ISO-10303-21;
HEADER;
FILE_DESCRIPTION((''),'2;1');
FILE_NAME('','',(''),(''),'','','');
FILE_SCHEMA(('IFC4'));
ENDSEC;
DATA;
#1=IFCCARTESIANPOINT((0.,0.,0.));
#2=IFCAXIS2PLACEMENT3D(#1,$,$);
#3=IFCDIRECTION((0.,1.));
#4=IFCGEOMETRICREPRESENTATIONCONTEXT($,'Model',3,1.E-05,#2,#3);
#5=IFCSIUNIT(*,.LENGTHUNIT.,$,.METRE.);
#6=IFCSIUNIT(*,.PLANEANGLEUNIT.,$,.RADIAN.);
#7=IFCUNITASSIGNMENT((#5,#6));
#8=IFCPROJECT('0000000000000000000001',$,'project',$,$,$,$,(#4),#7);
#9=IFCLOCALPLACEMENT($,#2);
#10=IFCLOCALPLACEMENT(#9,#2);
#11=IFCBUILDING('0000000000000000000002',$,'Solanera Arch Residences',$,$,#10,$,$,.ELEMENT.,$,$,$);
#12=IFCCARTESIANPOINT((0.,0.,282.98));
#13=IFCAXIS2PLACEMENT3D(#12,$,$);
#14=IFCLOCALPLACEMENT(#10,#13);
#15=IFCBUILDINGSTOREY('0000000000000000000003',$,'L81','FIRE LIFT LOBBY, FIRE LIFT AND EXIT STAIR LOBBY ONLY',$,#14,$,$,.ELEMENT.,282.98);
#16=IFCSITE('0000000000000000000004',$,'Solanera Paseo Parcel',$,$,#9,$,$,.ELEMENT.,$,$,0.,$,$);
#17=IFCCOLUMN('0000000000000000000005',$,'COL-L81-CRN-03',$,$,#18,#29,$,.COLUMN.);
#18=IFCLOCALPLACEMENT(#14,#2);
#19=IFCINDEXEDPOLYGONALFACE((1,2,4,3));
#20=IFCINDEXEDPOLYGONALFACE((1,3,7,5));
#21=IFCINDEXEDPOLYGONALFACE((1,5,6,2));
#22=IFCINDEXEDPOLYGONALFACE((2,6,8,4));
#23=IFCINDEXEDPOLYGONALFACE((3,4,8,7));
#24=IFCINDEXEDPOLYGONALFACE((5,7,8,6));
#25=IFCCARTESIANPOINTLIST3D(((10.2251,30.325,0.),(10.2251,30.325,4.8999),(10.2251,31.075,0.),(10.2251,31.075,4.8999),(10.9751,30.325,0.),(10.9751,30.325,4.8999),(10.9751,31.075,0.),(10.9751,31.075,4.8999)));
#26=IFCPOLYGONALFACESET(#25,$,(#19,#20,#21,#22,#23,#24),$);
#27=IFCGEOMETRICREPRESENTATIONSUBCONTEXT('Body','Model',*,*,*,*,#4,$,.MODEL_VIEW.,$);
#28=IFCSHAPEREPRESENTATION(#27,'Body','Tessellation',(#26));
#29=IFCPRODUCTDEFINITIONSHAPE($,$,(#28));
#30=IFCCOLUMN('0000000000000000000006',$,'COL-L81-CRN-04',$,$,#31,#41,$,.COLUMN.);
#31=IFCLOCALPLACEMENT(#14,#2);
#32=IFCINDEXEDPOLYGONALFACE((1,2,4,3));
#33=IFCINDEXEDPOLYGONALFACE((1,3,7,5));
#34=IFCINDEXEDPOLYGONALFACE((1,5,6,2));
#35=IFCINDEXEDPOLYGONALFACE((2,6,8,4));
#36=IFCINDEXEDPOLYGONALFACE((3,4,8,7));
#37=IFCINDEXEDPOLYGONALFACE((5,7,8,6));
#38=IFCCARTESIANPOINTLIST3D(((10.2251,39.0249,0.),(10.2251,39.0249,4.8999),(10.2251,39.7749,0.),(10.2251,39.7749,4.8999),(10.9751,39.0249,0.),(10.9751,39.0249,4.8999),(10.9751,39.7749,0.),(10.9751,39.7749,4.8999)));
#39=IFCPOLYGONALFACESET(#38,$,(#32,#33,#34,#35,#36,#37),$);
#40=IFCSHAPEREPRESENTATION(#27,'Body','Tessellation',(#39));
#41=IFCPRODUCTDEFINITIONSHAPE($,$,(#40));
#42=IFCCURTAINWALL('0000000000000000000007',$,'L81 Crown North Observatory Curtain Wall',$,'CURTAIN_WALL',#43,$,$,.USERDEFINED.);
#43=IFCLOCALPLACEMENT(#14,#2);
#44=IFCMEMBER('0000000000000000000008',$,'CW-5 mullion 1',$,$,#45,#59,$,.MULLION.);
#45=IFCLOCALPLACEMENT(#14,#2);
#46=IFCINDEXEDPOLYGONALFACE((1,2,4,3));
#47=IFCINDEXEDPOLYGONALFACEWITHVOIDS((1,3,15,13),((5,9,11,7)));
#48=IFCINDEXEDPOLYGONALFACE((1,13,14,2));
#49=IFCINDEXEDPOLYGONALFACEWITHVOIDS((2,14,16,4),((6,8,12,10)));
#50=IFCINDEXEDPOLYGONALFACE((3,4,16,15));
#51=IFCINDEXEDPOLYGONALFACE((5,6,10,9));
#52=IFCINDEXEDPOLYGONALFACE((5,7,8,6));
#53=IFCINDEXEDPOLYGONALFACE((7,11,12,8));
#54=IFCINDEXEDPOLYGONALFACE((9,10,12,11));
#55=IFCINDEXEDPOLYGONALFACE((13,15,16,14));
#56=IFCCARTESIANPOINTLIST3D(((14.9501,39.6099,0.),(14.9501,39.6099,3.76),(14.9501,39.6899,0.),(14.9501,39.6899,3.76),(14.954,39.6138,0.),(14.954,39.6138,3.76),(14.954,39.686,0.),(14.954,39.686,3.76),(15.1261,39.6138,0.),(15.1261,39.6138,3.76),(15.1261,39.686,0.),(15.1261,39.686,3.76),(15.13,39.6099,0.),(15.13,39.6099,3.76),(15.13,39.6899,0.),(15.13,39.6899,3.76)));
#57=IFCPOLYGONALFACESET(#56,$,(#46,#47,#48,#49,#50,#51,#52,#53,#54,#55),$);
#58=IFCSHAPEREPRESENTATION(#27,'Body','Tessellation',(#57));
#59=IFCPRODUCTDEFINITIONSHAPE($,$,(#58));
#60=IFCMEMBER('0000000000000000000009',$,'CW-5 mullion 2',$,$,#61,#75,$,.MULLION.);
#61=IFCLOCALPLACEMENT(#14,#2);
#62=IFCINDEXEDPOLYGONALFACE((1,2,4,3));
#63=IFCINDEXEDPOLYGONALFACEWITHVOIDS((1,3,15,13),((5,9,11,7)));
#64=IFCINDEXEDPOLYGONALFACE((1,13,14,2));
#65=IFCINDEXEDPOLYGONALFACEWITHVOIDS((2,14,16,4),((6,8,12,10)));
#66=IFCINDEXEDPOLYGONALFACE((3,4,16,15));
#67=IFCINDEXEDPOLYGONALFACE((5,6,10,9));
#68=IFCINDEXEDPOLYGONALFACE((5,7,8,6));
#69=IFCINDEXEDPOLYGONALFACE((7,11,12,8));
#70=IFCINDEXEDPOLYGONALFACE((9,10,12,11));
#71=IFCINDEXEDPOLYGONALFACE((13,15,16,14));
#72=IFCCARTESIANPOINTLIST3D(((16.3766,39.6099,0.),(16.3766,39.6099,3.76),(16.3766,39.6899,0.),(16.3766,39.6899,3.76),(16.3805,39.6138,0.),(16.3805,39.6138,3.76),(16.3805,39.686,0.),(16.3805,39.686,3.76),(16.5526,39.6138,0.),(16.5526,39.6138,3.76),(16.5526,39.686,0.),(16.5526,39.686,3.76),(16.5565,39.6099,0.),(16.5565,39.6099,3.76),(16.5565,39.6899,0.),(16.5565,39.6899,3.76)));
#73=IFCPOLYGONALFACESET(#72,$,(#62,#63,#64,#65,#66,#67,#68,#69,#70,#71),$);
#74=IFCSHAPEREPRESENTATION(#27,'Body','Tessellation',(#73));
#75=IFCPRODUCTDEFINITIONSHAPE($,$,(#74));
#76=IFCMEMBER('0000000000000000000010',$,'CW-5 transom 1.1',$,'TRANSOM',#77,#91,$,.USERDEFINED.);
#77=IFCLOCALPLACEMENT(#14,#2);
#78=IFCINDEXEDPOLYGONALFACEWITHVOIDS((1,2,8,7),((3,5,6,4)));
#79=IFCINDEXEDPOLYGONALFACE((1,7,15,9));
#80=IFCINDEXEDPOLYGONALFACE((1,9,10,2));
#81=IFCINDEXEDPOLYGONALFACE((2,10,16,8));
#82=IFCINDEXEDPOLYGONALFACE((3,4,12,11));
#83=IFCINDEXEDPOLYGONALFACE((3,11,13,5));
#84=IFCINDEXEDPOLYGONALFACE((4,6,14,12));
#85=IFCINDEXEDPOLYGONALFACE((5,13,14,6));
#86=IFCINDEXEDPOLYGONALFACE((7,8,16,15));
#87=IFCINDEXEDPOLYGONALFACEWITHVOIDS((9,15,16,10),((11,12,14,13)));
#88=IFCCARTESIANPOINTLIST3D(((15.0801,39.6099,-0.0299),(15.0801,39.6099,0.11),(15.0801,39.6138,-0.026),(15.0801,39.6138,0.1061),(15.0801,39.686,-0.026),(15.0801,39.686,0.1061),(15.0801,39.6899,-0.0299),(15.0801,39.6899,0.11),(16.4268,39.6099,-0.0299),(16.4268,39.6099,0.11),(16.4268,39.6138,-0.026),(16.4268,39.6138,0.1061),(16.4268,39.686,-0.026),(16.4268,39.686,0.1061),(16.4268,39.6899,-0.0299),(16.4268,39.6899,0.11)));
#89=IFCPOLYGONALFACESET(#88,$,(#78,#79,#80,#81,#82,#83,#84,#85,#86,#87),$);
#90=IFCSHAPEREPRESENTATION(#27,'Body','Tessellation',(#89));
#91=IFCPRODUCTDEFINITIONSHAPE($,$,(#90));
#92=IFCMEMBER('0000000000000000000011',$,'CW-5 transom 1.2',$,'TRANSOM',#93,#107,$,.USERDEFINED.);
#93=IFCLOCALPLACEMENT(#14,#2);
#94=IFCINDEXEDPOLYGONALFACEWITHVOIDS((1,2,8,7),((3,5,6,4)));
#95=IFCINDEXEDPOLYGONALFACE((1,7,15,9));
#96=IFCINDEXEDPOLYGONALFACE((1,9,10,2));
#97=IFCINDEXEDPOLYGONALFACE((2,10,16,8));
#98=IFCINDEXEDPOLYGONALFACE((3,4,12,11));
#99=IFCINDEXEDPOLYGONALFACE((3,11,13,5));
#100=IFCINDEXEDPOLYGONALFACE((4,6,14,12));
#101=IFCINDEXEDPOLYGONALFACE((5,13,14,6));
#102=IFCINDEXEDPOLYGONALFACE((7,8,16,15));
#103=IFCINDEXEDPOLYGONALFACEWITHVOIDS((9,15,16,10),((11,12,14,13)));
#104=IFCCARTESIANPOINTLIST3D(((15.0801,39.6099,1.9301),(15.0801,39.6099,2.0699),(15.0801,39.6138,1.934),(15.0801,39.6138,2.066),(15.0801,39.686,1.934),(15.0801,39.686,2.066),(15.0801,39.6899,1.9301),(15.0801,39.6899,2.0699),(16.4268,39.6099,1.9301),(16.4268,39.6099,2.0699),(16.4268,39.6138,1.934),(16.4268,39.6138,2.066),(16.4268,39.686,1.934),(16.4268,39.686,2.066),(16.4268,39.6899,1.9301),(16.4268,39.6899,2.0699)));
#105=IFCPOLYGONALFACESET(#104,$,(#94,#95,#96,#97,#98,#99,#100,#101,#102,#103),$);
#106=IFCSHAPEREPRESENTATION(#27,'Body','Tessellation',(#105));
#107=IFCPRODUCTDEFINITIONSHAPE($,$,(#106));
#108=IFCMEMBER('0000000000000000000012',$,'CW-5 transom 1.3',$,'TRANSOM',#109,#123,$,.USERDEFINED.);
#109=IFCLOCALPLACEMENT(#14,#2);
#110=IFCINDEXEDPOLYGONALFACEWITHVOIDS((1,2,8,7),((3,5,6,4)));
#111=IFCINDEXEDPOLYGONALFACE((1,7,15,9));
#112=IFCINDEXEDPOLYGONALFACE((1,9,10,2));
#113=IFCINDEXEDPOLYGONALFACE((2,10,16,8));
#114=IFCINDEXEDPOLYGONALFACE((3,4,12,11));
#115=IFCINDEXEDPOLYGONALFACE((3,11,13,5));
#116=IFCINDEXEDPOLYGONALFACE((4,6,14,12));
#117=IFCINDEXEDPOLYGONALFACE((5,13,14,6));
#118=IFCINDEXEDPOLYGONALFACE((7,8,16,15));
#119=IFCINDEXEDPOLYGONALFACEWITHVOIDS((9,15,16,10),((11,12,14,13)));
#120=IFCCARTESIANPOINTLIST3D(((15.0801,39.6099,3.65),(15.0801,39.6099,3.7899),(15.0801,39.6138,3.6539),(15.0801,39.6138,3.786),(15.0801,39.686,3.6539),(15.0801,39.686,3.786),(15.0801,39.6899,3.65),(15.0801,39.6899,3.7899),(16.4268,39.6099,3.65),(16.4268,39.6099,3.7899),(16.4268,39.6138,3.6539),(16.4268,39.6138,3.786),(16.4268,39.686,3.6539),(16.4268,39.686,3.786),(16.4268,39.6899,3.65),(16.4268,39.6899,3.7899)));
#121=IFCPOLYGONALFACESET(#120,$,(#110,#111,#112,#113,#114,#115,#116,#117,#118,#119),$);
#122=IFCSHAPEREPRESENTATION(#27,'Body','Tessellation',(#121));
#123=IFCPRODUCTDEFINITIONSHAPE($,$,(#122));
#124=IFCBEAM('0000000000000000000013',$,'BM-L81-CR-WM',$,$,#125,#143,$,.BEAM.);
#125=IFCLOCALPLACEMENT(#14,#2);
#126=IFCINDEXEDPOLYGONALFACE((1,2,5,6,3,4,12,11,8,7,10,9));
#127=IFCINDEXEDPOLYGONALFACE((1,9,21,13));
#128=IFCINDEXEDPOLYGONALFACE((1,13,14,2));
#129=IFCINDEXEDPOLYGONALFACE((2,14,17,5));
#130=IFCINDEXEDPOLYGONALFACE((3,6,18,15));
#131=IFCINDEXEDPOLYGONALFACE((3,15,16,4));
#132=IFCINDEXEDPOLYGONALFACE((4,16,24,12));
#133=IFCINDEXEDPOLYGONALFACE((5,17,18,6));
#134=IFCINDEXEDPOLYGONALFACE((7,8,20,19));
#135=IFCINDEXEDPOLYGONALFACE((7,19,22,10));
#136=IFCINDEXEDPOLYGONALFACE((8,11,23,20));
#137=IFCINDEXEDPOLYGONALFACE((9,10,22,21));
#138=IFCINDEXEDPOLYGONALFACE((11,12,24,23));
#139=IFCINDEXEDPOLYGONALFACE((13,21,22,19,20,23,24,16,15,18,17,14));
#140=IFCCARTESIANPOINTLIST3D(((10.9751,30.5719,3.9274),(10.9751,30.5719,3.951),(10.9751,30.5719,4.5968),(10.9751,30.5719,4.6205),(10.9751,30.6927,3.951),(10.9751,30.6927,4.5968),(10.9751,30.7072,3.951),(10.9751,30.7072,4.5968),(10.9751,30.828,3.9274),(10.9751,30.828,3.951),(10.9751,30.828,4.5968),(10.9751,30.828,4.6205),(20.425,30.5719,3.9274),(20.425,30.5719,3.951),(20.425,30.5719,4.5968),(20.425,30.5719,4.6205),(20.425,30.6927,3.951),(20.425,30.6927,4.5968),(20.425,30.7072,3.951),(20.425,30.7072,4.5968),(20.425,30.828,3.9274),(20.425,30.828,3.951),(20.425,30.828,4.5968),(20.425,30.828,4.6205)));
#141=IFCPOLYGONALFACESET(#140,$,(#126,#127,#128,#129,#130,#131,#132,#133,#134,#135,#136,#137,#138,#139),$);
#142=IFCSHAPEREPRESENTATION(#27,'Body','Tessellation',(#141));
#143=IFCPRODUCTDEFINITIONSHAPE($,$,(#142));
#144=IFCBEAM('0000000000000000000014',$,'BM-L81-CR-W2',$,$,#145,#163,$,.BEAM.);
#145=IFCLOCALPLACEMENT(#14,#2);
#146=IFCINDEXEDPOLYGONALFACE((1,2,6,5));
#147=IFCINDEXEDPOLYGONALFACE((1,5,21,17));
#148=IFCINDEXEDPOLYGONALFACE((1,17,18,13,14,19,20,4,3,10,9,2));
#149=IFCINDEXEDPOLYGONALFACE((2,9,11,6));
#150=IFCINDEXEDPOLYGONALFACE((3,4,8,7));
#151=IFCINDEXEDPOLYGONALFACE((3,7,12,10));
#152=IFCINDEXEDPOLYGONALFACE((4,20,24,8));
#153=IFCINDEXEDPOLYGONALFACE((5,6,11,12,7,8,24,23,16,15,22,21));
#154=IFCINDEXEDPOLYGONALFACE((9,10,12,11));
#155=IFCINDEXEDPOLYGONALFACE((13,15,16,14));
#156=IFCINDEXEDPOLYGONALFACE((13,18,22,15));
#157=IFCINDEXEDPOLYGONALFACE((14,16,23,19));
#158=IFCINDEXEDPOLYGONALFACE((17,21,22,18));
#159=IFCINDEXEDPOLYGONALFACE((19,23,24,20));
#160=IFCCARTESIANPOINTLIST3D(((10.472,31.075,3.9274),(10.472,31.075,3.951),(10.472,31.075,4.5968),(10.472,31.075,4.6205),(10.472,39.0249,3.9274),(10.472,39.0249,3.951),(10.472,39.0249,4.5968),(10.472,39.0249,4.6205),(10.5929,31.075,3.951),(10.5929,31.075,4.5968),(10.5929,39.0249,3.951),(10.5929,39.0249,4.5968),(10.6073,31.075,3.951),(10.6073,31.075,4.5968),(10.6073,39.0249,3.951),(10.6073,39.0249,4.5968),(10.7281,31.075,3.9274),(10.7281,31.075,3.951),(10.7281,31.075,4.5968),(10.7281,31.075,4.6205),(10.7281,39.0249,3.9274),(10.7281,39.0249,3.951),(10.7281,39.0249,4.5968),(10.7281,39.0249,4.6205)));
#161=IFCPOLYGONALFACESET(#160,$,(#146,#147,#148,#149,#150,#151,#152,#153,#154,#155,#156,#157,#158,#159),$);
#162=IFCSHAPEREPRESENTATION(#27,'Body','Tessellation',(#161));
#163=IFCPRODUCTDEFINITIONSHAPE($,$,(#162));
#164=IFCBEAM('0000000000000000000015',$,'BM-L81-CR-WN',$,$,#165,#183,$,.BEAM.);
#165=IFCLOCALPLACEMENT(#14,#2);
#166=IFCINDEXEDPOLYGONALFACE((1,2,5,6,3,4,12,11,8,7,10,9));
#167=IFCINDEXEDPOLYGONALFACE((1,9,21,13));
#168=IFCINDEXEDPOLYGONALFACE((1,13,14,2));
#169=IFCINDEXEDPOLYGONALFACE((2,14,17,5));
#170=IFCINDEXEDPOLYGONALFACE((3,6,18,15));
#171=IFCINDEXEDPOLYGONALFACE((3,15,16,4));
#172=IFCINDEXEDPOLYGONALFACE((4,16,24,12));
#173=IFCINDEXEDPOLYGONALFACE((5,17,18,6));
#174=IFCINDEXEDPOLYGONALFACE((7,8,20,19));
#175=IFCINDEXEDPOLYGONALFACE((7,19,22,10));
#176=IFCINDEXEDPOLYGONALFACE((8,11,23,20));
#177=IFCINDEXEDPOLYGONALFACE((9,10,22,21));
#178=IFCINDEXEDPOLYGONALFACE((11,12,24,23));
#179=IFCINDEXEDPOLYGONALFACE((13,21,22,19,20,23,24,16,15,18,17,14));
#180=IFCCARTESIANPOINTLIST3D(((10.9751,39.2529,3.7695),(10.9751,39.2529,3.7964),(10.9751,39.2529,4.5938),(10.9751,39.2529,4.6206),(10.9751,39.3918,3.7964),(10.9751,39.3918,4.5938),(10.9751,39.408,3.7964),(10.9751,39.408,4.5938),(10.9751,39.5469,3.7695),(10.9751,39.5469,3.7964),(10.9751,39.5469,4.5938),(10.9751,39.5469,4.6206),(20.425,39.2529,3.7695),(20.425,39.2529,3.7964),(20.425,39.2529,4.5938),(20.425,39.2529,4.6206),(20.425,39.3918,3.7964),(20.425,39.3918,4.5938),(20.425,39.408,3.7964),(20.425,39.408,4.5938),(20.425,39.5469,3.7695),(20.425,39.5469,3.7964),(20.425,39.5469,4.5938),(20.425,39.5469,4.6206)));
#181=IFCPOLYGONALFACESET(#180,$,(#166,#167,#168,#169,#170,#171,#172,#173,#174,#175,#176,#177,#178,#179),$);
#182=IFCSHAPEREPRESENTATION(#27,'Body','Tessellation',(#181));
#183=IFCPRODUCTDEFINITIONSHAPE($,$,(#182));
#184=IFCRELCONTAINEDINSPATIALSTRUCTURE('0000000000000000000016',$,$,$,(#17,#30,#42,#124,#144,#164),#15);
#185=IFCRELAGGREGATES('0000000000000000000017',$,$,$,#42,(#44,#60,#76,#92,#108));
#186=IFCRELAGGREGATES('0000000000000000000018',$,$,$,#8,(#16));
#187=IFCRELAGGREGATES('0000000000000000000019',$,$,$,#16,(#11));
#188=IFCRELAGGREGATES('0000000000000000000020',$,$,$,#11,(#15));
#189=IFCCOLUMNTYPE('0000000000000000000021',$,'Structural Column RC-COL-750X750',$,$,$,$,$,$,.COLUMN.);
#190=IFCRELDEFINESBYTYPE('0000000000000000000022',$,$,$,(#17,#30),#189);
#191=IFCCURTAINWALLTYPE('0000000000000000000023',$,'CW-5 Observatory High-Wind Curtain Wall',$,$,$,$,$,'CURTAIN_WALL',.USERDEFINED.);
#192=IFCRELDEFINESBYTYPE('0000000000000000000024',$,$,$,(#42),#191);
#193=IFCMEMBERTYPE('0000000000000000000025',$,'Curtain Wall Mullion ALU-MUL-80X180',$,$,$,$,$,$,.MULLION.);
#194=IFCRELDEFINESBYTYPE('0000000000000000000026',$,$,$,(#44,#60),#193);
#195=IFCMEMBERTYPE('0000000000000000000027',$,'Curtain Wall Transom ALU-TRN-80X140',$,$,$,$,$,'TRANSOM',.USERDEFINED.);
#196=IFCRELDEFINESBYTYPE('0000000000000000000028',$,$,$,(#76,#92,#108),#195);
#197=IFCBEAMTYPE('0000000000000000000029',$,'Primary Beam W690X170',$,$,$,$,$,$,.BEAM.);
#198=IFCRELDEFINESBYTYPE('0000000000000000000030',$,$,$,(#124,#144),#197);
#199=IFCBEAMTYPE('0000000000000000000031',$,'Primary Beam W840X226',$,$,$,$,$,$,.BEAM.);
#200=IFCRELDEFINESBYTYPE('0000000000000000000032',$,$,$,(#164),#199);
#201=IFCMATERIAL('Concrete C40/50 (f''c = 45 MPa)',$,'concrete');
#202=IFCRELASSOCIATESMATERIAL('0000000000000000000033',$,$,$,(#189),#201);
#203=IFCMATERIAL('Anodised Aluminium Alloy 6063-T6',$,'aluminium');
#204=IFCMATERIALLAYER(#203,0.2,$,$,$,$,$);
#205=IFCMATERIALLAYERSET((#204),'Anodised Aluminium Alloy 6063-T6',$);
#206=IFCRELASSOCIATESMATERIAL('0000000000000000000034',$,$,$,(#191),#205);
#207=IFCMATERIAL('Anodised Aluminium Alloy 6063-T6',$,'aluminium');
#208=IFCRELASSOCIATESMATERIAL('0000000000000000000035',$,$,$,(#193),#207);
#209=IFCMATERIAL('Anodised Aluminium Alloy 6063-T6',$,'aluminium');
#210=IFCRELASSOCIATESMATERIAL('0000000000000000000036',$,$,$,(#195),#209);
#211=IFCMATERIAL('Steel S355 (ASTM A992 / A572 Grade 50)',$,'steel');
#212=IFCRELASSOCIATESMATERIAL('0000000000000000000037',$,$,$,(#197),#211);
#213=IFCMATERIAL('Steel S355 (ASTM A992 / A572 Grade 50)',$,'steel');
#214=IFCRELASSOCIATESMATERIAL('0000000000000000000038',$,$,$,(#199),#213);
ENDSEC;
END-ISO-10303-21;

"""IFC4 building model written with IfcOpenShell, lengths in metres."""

from ifc_helpers import new_model, si_unit, direction, frame, origin, origin_2d, place, context, subcontext, project, spatial, rectangle, hollow_rectangle, i_section, extrude, material, layer, layer_set, material_profile, profile_set, type_object, element, aggregate, save


model = new_model("IFC4")

# Units and contexts
model_context = context("Model", 3, precision=1e-05, world=origin(), true_north=direction((0.0, 1.0)))
body_context = subcontext(model_context, "Body", "Model", "MODEL_VIEW")
ifc_project = project(units=[si_unit("LENGTHUNIT", "METRE"), si_unit("PLANEANGLEUNIT", "RADIAN")], contexts=[model_context])

# Site, building, storey
site_placement = place(None, origin())
site = spatial("IfcSite", under=ifc_project, at=site_placement, Name="Solanera Paseo Parcel", CompositionType="ELEMENT", RefElevation=0.0)
building_placement = place(site_placement, origin())
building = spatial("IfcBuilding", under=site, at=building_placement, Name="Solanera Arch Residences", CompositionType="ELEMENT")
storey_placement = place(building_placement, frame((0.0, 0.0, 282.98)))
storey = spatial("IfcBuildingStorey", under=building, at=storey_placement, Name="L81", Description="FIRE LIFT LOBBY, FIRE LIFT AND EXIT STAIR LOBBY ONLY", CompositionType="ELEMENT", Elevation=282.98)

# Columns
ifc_material_1 = material(Name="Concrete C40/50 (f'c = 45 MPa)", Category="concrete")
ifc_material_profile_1 = material_profile(ifc_material_1, rectangle(XDim=0.75, YDim=0.75, at=origin_2d()))
ifc_profile_set_1 = profile_set([ifc_material_profile_1], Name="Concrete C40/50 (f'c = 45 MPa)")
column_type = type_object("IfcColumnType", Name="Structural Column RC-COL-750X750", PredefinedType="COLUMN", material=ifc_profile_set_1)
for number, where, z_axis, x_axis, name in (
    (1, (10.6001, 30.7, 0.0), (0.0, 0.0, 1.0), (1.0, 0.0, 0.0), "COL-L81-CRN-03"),
    (2, (10.6001, 39.3999, 0.0), (0.0, 0.0, 1.0), (1.0, 0.0, 0.0), "COL-L81-CRN-04"),
):
    element("IfcColumn", number, at=place(storey_placement, frame(where, z_axis=z_axis, x_axis=x_axis)), inside=storey, type_object=column_type, Name=name, PredefinedType="COLUMN", context=body_context, shape_type="SweptSolid", body=[
        extrude(rectangle(XDim=0.75, YDim=0.75, at=origin_2d()), origin(), (0.0, 0.0, 1.0), 4.8999),
    ])

# Curtain wall, members
ifc_material_2 = material(Name="Anodised Aluminium Alloy 6063-T6", Category="aluminium")
ifc_layer_1 = layer(ifc_material_2, 0.2)
ifc_layer_set_1 = layer_set([ifc_layer_1], Name="Anodised Aluminium Alloy 6063-T6")
curtain_wall_type = type_object("IfcCurtainWallType", Name="CW-5 Observatory High-Wind Curtain Wall", ElementType="CURTAIN_WALL", PredefinedType="USERDEFINED", material=ifc_layer_set_1)
curtain_wall_placement = place(storey_placement, origin())
curtain_wall = element("IfcCurtainWall", 3, at=curtain_wall_placement, inside=storey, type_object=curtain_wall_type, Name="L81 Crown North Observatory Curtain Wall", ObjectType="CURTAIN_WALL", PredefinedType="USERDEFINED")
ifc_material_3 = material(Name="Anodised Aluminium Alloy 6063-T6", Category="aluminium")
ifc_material_profile_2 = material_profile(ifc_material_3, hollow_rectangle(XDim=0.0801, YDim=0.1799, WallThickness=0.0039, at=origin_2d()))
ifc_profile_set_2 = profile_set([ifc_material_profile_2], Name="Anodised Aluminium Alloy 6063-T6")
member_type_1 = type_object("IfcMemberType", Name="Curtain Wall Mullion ALU-MUL-80X180", PredefinedType="MULLION", material=ifc_profile_set_2)
member_1_placement = place(storey_placement, frame((15.04, 39.6499, 0.0), z_axis=(0.0, 0.0, 1.0), x_axis=(0.0, 1.0, 0.0)))
member_1 = element("IfcMember", 4, at=member_1_placement, type_object=member_type_1, Name="CW-5 mullion 1", PredefinedType="MULLION", context=body_context, shape_type="SweptSolid", body=[
    extrude(hollow_rectangle(XDim=0.0801, YDim=0.1799, WallThickness=0.0039, at=origin_2d()), origin(), (0.0, 0.0, 1.0), 3.76),
])
member_2_placement = place(storey_placement, frame((16.4666, 39.6499, 0.0), z_axis=(0.0, 0.0, 1.0), x_axis=(0.0, 1.0, 0.0)))
member_2 = element("IfcMember", 5, at=member_2_placement, type_object=member_type_1, Name="CW-5 mullion 2", PredefinedType="MULLION", context=body_context, shape_type="SweptSolid", body=[
    extrude(hollow_rectangle(XDim=0.0801, YDim=0.1799, WallThickness=0.0039, at=origin_2d()), origin(), (0.0, 0.0, 1.0), 3.76),
])
ifc_material_4 = material(Name="Anodised Aluminium Alloy 6063-T6", Category="aluminium")
ifc_material_profile_3 = material_profile(ifc_material_4, hollow_rectangle(XDim=0.0801, YDim=0.1399, WallThickness=0.0039, at=origin_2d()))
ifc_profile_set_3 = profile_set([ifc_material_profile_3], Name="Anodised Aluminium Alloy 6063-T6")
member_type_2 = type_object("IfcMemberType", Name="Curtain Wall Transom ALU-TRN-80X140", ElementType="TRANSOM", PredefinedType="USERDEFINED", material=ifc_profile_set_3)
member_3_placement = place(storey_placement, frame((15.0801, 39.6499, 0.04), z_axis=(1.0, 0.0, 0.0), x_axis=(0.0, 1.0, 0.0)))
member_3 = element("IfcMember", 6, at=member_3_placement, type_object=member_type_2, Name="CW-5 transom 1.1", ObjectType="TRANSOM", PredefinedType="USERDEFINED", context=body_context, shape_type="SweptSolid", body=[
    extrude(hollow_rectangle(XDim=0.0801, YDim=0.1399, WallThickness=0.0039, at=origin_2d()), origin(), (0.0, 0.0, 1.0), 1.3467),
])
member_4_placement = place(storey_placement, frame((15.0801, 39.6499, 2.0), z_axis=(1.0, 0.0, 0.0), x_axis=(0.0, 1.0, 0.0)))
member_4 = element("IfcMember", 7, at=member_4_placement, type_object=member_type_2, Name="CW-5 transom 1.2", ObjectType="TRANSOM", PredefinedType="USERDEFINED", context=body_context, shape_type="SweptSolid", body=[
    extrude(hollow_rectangle(XDim=0.0801, YDim=0.1399, WallThickness=0.0039, at=origin_2d()), origin(), (0.0, 0.0, 1.0), 1.3467),
])
member_5_placement = place(storey_placement, frame((15.0801, 39.6499, 3.72), z_axis=(1.0, 0.0, 0.0), x_axis=(0.0, 1.0, 0.0)))
member_5 = element("IfcMember", 8, at=member_5_placement, type_object=member_type_2, Name="CW-5 transom 1.3", ObjectType="TRANSOM", PredefinedType="USERDEFINED", context=body_context, shape_type="SweptSolid", body=[
    extrude(hollow_rectangle(XDim=0.0801, YDim=0.1399, WallThickness=0.0039, at=origin_2d()), origin(), (0.0, 0.0, 1.0), 1.3467),
])

# Beams
ifc_material_5 = material(Name="Steel S355 (ASTM A992 / A572 Grade 50)", Category="steel")
ifc_material_profile_4 = material_profile(ifc_material_5, i_section(OverallWidth=0.2561, OverallDepth=0.6931, WebThickness=0.0144, FlangeThickness=0.0237, at=origin_2d()))
ifc_profile_set_4 = profile_set([ifc_material_profile_4], Name="Steel S355 (ASTM A992 / A572 Grade 50)")
beam_type_1 = type_object("IfcBeamType", Name="Primary Beam W690X170", PredefinedType="BEAM", material=ifc_profile_set_4)
beam_1_placement = place(storey_placement, frame((10.9751, 30.7, 4.2739), z_axis=(1.0, 0.0, 0.0), x_axis=(0.0, 1.0, 0.0)))
element("IfcBeam", 9, at=beam_1_placement, inside=storey, type_object=beam_type_1, Name="BM-L81-CR-WM", PredefinedType="BEAM", context=body_context, shape_type="SweptSolid", body=[
    extrude(i_section(OverallWidth=0.2561, OverallDepth=0.6931, WebThickness=0.0144, FlangeThickness=0.0237, at=origin_2d()), origin(), (0.0, 0.0, 1.0), 9.45),
])
beam_2_placement = place(storey_placement, frame((10.6001, 31.075, 4.2739), z_axis=(0.0, 1.0, 0.0), x_axis=(-1.0, 0.0, 0.0)))
element("IfcBeam", 10, at=beam_2_placement, inside=storey, type_object=beam_type_1, Name="BM-L81-CR-W2", PredefinedType="BEAM", context=body_context, shape_type="SweptSolid", body=[
    extrude(i_section(OverallWidth=0.2561, OverallDepth=0.6931, WebThickness=0.0144, FlangeThickness=0.0237, at=origin_2d()), origin(), (0.0, 0.0, 1.0), 7.95),
])
ifc_material_6 = material(Name="Steel S355 (ASTM A992 / A572 Grade 50)", Category="steel")
ifc_material_profile_5 = material_profile(ifc_material_6, i_section(OverallWidth=0.2939, OverallDepth=0.8511, WebThickness=0.0161, FlangeThickness=0.0269, at=origin_2d()))
ifc_profile_set_5 = profile_set([ifc_material_profile_5], Name="Steel S355 (ASTM A992 / A572 Grade 50)")
beam_type_2 = type_object("IfcBeamType", Name="Primary Beam W840X226", PredefinedType="BEAM", material=ifc_profile_set_5)
beam_3_placement = place(storey_placement, frame((10.9751, 39.3999, 4.1951), z_axis=(1.0, 0.0, 0.0), x_axis=(0.0, 1.0, 0.0)))
element("IfcBeam", 11, at=beam_3_placement, inside=storey, type_object=beam_type_2, Name="BM-L81-CR-WN", PredefinedType="BEAM", context=body_context, shape_type="SweptSolid", body=[
    extrude(i_section(OverallWidth=0.2939, OverallDepth=0.8511, WebThickness=0.0161, FlangeThickness=0.0269, at=origin_2d()), origin(), (0.0, 0.0, 1.0), 9.45),
])

aggregate(curtain_wall, [member_1, member_2, member_3, member_4, member_5])

save(model, "model.ifc")
